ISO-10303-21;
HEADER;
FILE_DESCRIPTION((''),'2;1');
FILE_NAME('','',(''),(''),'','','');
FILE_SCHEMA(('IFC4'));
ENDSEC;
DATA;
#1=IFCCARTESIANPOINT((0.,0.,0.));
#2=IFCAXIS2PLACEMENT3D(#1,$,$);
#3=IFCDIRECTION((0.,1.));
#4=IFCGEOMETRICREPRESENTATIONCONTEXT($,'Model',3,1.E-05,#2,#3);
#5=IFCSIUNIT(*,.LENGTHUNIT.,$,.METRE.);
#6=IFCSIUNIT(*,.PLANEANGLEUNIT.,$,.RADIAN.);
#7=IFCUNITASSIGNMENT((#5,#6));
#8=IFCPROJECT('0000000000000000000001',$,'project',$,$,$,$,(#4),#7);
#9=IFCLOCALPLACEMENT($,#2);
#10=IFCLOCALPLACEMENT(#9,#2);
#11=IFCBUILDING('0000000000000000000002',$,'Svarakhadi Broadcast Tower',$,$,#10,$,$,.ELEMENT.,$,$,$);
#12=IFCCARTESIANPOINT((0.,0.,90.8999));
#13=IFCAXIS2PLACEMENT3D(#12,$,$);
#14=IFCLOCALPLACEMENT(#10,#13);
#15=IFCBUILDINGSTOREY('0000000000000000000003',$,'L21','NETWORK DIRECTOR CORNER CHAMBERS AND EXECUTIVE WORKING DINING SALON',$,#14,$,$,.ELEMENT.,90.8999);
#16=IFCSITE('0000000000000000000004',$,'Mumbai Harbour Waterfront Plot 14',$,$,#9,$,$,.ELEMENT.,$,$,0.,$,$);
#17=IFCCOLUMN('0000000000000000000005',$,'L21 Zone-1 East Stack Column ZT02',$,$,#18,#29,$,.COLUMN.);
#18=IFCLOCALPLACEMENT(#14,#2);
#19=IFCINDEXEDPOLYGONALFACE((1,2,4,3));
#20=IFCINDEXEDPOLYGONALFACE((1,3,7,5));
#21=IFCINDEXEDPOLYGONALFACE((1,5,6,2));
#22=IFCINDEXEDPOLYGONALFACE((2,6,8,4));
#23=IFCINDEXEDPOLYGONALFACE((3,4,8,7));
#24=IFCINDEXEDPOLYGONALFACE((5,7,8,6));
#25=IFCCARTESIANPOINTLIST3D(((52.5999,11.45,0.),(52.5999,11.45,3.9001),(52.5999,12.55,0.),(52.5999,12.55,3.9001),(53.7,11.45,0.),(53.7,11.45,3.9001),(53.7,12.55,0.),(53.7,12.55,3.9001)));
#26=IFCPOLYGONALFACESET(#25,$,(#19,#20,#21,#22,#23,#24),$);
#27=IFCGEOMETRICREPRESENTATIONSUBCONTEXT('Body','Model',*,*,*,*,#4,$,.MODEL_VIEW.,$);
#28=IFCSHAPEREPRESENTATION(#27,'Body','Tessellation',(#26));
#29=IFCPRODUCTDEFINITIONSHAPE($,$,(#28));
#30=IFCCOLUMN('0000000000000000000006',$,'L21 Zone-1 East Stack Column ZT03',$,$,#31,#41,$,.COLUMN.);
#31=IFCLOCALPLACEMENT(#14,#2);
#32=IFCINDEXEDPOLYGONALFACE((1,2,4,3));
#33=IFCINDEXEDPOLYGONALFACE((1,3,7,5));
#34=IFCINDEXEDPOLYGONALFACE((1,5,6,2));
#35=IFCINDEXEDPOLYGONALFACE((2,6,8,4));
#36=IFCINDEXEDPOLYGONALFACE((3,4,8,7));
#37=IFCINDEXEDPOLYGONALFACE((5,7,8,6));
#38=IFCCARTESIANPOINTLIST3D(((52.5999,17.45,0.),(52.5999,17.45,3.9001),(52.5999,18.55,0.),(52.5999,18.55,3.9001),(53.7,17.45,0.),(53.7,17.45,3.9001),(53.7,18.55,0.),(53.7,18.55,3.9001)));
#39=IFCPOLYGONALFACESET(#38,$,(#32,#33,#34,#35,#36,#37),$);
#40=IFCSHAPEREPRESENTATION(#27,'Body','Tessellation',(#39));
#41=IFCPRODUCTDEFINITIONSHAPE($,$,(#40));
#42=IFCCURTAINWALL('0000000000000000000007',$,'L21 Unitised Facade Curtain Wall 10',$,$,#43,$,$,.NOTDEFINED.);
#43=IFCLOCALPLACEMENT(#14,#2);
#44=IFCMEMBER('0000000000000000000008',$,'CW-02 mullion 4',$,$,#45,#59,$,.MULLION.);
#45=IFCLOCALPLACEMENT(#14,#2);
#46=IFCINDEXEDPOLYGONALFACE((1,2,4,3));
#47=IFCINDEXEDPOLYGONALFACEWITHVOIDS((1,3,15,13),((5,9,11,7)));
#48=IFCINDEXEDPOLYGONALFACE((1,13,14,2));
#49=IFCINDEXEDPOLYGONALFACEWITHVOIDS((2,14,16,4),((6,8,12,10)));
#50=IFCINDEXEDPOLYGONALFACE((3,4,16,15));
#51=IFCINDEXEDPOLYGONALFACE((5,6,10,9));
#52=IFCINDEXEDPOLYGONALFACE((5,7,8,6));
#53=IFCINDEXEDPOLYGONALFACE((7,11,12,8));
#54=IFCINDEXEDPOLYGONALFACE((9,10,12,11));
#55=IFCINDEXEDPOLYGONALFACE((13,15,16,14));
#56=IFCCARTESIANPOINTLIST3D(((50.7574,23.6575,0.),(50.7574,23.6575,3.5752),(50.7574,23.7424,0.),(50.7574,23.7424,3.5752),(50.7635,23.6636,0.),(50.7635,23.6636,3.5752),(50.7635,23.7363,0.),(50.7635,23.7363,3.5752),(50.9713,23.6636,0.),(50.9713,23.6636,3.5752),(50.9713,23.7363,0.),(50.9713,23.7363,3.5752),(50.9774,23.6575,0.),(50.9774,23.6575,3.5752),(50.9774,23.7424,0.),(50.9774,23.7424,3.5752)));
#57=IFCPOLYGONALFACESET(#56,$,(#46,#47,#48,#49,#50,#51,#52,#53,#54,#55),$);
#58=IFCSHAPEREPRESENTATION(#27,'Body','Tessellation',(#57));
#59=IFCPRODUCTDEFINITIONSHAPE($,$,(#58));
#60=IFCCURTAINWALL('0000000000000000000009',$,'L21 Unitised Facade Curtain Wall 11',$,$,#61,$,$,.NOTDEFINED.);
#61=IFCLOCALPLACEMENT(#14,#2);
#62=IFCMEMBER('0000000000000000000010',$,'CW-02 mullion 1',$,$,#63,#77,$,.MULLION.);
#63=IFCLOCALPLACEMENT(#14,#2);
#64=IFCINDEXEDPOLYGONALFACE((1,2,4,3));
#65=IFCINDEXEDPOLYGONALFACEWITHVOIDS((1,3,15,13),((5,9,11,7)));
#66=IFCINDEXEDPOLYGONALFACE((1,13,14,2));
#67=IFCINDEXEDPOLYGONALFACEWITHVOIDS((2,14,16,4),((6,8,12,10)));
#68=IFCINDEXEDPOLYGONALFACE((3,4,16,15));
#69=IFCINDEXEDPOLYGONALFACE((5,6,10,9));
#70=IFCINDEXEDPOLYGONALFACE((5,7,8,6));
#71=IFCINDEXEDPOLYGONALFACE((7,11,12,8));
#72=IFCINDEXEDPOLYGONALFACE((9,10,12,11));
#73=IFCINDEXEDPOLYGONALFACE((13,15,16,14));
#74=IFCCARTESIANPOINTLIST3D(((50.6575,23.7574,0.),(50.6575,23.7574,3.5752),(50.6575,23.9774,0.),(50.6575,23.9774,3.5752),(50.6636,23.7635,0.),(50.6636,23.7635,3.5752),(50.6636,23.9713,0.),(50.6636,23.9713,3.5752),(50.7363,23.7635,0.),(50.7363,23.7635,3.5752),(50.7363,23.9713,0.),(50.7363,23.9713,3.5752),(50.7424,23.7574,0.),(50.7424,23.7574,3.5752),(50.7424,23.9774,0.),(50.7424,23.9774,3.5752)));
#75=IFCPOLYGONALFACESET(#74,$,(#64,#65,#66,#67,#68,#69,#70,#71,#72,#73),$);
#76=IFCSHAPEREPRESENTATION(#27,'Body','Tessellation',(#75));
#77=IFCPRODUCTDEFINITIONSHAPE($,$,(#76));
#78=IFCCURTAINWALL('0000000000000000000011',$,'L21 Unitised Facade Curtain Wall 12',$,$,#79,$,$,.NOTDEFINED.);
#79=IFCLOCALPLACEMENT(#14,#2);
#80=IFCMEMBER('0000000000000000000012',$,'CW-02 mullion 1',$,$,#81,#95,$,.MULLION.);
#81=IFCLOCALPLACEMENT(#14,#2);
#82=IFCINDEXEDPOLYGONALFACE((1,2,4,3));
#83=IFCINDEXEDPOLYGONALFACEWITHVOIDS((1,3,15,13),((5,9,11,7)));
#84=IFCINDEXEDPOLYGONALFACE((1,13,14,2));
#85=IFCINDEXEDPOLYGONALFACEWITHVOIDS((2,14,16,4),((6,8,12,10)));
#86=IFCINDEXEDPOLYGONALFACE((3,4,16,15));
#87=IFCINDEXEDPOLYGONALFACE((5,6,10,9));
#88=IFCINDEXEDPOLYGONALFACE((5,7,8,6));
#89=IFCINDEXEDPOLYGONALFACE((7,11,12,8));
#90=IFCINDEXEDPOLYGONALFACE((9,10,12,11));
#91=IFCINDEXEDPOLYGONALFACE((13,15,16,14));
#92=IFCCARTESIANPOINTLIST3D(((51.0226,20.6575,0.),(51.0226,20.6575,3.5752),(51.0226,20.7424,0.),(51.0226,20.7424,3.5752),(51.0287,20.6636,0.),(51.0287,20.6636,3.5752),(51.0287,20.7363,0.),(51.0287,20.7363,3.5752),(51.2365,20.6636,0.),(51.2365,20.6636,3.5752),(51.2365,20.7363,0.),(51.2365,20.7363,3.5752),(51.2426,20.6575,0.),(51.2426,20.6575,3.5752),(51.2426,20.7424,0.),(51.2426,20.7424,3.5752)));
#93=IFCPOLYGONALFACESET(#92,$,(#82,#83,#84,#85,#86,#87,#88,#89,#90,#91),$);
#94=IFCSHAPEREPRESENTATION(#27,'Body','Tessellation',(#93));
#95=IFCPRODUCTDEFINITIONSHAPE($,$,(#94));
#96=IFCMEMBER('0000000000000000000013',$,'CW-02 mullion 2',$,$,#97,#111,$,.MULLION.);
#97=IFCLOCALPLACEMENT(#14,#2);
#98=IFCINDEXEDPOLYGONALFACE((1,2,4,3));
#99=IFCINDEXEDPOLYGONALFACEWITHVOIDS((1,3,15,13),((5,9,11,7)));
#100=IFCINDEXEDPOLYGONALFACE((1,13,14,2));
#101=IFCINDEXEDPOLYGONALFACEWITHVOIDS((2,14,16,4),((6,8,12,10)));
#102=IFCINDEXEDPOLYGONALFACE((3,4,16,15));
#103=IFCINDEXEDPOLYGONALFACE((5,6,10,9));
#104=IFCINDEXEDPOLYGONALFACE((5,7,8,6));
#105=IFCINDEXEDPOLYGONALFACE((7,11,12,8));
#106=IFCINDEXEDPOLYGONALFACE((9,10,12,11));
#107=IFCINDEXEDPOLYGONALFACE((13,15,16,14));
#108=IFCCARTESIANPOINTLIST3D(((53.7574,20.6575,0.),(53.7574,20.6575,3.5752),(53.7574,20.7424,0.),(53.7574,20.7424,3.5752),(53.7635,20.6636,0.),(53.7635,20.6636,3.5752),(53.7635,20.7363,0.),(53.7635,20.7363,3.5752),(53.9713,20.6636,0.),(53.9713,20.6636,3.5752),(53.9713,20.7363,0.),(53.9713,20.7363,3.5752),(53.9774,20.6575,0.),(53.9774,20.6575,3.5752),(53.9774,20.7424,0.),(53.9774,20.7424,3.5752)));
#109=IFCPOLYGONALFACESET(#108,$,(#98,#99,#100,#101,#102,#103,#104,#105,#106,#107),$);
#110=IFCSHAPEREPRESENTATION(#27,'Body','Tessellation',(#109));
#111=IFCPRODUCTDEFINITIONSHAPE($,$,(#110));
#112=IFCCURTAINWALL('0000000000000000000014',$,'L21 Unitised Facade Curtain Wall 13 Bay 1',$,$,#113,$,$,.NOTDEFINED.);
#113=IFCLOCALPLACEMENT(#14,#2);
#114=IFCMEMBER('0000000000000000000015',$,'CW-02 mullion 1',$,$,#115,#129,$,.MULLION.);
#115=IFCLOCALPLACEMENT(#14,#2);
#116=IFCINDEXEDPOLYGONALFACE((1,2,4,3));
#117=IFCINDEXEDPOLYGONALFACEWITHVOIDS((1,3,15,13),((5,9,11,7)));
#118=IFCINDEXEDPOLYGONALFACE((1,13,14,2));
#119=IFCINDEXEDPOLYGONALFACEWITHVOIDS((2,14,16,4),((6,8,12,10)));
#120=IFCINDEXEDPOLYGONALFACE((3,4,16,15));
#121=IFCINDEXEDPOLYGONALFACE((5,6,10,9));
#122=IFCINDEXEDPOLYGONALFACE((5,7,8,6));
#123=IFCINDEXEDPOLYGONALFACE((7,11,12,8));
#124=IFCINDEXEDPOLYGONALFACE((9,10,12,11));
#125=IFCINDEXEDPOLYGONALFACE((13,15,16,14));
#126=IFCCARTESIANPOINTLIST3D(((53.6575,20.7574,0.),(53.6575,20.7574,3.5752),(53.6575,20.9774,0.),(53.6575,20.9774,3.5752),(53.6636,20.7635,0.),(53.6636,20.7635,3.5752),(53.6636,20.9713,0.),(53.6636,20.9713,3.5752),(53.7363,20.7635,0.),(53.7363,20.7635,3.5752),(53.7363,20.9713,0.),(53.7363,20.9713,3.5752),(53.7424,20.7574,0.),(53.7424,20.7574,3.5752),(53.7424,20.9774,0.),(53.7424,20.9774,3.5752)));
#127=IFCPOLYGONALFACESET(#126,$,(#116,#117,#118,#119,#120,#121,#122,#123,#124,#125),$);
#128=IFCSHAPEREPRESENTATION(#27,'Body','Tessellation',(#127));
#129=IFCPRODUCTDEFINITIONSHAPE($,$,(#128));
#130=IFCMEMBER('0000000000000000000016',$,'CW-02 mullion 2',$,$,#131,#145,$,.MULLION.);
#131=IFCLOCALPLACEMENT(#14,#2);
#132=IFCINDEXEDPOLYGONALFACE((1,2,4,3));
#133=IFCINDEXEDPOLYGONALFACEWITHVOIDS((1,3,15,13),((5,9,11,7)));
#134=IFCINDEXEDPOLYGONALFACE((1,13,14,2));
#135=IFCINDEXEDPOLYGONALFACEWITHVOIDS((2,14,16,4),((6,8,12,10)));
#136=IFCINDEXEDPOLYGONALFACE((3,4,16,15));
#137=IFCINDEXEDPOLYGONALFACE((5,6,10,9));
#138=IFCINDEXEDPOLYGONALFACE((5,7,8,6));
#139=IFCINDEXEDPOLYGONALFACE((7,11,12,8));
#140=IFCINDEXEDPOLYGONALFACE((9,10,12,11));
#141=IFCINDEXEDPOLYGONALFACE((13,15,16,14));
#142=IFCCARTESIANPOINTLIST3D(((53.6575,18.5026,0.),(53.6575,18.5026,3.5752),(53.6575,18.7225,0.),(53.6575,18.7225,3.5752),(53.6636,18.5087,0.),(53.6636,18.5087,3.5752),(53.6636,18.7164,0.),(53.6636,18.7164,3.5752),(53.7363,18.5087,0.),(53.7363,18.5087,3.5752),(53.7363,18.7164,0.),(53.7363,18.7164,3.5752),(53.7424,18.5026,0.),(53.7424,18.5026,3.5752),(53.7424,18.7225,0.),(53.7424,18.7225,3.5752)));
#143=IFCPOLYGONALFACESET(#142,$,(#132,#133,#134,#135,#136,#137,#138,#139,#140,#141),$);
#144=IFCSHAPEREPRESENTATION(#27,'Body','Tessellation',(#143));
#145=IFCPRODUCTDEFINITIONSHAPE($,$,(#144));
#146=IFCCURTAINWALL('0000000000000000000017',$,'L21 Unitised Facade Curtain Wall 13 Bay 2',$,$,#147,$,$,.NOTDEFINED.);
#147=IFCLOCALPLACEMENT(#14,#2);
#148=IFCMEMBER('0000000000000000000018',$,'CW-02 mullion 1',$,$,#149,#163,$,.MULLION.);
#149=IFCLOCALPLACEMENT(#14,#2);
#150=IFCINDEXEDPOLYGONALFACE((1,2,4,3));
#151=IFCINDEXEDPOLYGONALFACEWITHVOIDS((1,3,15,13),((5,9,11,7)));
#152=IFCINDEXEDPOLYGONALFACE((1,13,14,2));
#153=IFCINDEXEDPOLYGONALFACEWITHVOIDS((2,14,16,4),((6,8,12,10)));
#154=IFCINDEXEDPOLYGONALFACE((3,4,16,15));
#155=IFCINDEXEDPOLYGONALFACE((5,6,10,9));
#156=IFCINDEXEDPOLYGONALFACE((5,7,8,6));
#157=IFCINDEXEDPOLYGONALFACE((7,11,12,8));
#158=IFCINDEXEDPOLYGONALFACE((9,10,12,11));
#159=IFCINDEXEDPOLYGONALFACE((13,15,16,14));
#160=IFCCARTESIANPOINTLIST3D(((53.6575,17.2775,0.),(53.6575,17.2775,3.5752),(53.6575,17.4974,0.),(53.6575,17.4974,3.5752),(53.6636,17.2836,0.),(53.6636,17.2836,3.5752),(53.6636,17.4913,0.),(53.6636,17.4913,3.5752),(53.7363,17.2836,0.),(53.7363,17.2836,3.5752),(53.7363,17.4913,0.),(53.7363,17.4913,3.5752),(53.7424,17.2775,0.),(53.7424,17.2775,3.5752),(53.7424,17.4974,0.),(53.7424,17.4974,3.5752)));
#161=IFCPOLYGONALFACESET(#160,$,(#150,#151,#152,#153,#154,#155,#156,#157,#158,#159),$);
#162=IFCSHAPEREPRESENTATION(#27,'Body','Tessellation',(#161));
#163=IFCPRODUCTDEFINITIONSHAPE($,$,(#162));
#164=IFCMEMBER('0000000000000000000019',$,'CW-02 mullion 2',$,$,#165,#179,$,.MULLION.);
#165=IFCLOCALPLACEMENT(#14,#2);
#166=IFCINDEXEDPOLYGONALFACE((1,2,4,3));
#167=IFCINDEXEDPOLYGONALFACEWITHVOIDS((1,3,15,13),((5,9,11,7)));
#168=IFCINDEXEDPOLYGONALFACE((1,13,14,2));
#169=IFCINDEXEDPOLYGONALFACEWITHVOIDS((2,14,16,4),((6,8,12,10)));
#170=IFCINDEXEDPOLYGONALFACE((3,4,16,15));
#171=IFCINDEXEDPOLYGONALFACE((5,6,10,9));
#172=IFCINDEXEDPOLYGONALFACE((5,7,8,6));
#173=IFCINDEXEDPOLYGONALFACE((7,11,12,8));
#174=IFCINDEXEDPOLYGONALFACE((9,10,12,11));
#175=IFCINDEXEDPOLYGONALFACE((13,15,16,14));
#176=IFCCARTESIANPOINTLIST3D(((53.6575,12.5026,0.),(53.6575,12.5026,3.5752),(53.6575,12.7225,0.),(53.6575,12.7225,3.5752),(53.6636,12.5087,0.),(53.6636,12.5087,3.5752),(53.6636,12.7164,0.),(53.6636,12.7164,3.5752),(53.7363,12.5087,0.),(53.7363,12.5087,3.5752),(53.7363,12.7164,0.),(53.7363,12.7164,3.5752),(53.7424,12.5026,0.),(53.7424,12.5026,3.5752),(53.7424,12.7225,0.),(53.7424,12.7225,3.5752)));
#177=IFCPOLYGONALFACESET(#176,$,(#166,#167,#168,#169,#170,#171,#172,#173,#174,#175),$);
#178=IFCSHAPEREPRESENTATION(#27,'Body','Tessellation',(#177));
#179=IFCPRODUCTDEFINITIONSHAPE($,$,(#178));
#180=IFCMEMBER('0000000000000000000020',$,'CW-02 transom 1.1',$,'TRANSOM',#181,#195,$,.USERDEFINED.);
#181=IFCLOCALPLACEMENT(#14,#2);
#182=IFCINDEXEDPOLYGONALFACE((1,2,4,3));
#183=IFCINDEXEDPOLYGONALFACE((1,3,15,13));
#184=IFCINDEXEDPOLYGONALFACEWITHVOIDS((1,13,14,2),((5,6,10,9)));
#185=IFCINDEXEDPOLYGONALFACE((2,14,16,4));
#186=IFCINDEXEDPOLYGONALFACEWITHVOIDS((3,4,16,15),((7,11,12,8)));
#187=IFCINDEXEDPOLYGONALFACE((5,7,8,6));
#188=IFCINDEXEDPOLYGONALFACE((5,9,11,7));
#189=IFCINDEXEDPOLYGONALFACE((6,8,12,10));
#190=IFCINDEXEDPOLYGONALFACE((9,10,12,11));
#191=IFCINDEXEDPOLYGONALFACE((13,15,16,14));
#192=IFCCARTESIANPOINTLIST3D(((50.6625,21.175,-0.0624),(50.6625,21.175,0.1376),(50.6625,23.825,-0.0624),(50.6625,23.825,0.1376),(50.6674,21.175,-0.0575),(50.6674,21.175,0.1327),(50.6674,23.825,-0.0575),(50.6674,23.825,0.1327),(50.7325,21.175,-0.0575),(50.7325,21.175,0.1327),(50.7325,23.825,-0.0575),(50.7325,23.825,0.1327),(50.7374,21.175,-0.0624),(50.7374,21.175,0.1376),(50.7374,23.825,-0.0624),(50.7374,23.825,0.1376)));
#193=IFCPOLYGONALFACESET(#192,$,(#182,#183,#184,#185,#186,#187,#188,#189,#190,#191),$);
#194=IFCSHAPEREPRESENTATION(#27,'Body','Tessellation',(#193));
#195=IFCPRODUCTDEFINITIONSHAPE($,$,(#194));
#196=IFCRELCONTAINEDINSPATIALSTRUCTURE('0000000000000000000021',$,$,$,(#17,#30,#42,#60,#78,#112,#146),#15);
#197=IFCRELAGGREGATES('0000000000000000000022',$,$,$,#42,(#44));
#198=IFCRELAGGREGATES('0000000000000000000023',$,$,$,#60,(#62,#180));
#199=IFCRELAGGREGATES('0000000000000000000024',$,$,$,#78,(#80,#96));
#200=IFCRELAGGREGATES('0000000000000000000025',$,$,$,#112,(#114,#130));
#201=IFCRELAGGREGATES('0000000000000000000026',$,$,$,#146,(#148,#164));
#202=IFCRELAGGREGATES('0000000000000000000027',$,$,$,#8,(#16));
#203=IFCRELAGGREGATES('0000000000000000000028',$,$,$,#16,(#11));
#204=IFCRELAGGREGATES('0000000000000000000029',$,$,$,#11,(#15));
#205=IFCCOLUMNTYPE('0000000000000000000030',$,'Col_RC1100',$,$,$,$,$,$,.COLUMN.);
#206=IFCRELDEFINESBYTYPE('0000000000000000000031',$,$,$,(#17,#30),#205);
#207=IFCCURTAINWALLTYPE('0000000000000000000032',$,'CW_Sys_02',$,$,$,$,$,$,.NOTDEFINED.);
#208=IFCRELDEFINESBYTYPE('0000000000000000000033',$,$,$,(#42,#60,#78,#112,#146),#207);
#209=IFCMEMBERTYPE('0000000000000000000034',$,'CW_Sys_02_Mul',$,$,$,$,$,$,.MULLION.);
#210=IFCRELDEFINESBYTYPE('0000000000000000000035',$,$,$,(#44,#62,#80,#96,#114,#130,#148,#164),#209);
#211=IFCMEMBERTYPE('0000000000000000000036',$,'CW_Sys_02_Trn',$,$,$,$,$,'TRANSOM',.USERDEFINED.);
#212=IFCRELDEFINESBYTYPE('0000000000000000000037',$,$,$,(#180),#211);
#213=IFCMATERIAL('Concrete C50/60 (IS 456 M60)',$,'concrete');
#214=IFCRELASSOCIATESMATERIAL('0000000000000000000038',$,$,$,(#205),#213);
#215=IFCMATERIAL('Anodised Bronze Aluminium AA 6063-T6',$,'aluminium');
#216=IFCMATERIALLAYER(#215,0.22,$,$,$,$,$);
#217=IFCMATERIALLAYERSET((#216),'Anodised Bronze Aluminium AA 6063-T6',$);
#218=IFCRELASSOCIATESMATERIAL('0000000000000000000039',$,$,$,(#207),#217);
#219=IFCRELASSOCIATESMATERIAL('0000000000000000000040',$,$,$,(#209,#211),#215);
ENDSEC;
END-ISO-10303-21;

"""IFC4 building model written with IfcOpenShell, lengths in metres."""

from ifc_helpers import new_model, si_unit, direction, frame, origin, origin_2d, place, context, subcontext, project, spatial, rectangle, hollow_rectangle, extrude, material, layer, layer_set, material_profile, profile_set, type_object, element, aggregate, save


model = new_model("IFC4")

# Units and contexts
model_context = context("Model", 3, precision=1e-05, world=origin(), true_north=direction((0.0, 1.0)))
body_context = subcontext(model_context, "Body", "Model", "MODEL_VIEW")
ifc_project = project(units=[si_unit("LENGTHUNIT", "METRE"), si_unit("PLANEANGLEUNIT", "RADIAN")], contexts=[model_context])

# Site, building, storey
site_placement = place(None, origin())
site = spatial("IfcSite", under=ifc_project, at=site_placement, Name="Mumbai Harbour Waterfront Plot 14", CompositionType="ELEMENT", RefElevation=0.0)
building_placement = place(site_placement, origin())
building = spatial("IfcBuilding", under=site, at=building_placement, Name="Svarakhadi Broadcast Tower", CompositionType="ELEMENT")
storey_placement = place(building_placement, frame((0.0, 0.0, 90.8999)))
storey = spatial("IfcBuildingStorey", under=building, at=storey_placement, Name="L21", Description="NETWORK DIRECTOR CORNER CHAMBERS AND EXECUTIVE WORKING DINING SALON", CompositionType="ELEMENT", Elevation=90.8999)

# Columns
ifc_material_1 = material(Name="Concrete C50/60 (IS 456 M60)", Category="concrete")
ifc_material_profile_1 = material_profile(ifc_material_1, rectangle(XDim=1.1001, YDim=1.1001, at=origin_2d()), Name="RC 1100x1100")
ifc_profile_set_1 = profile_set([ifc_material_profile_1], Name="Concrete C50/60 (IS 456 M60)")
column_type = type_object("IfcColumnType", Name="Col_RC1100", PredefinedType="COLUMN", material=ifc_profile_set_1)
for number, where, z_axis, x_axis, name in (
    (1, (53.1499, 12.0, 0.0), (0.0, 0.0, 1.0), (1.0, 0.0, 0.0), "L21 Zone-1 East Stack Column ZT02"),
    (2, (53.1499, 18.0, 0.0), (0.0, 0.0, 1.0), (1.0, 0.0, 0.0), "L21 Zone-1 East Stack Column ZT03"),
):
    element("IfcColumn", number, at=place(storey_placement, frame(where, z_axis=z_axis, x_axis=x_axis)), inside=storey, type_object=column_type, Name=name, PredefinedType="COLUMN", context=body_context, shape_type="SweptSolid", body=[
        extrude(rectangle(XDim=1.1001, YDim=1.1001, at=origin_2d()), origin(), (0.0, 0.0, 1.0), 3.9001),
    ])

# Curtain walls, members
ifc_material_2 = material(Name="Anodised Bronze Aluminium AA 6063-T6", Category="aluminium")
ifc_layer_1 = layer(ifc_material_2, 0.22)
ifc_layer_set_1 = layer_set([ifc_layer_1], Name="Anodised Bronze Aluminium AA 6063-T6")
curtain_wall_type = type_object("IfcCurtainWallType", Name="CW_Sys_02", PredefinedType="NOTDEFINED", material=ifc_layer_set_1)
curtain_wall_1_placement = place(storey_placement, origin())
curtain_wall_1 = element("IfcCurtainWall", 3, at=curtain_wall_1_placement, inside=storey, type_object=curtain_wall_type, Name="L21 Unitised Facade Curtain Wall 10", PredefinedType="NOTDEFINED")
ifc_material_profile_2 = material_profile(ifc_material_2, hollow_rectangle(XDim=0.085, YDim=0.22, WallThickness=0.0061, at=origin_2d()), Name="ALU MULLION 220x85x6")
ifc_profile_set_2 = profile_set([ifc_material_profile_2], Name="Anodised Bronze Aluminium AA 6063-T6")
member_type_1 = type_object("IfcMemberType", Name="CW_Sys_02_Mul", PredefinedType="MULLION", material=ifc_profile_set_2)
member_1_placement = place(storey_placement, frame((50.8674, 23.7, 0.0), z_axis=(0.0, 0.0, 1.0), x_axis=(0.0, 1.0, 0.0)))
member_1 = element("IfcMember", 4, at=member_1_placement, type_object=member_type_1, Name="CW-02 mullion 4", PredefinedType="MULLION", context=body_context, shape_type="SweptSolid", body=[
    extrude(hollow_rectangle(XDim=0.085, YDim=0.22, WallThickness=0.0061, at=origin_2d()), origin(), (0.0, 0.0, 1.0), 3.5752),
])
aggregate(curtain_wall_1, [member_1])
curtain_wall_2_placement = place(storey_placement, origin())
curtain_wall_2 = element("IfcCurtainWall", 5, at=curtain_wall_2_placement, inside=storey, type_object=curtain_wall_type, Name="L21 Unitised Facade Curtain Wall 11", PredefinedType="NOTDEFINED")
member_2_placement = place(storey_placement, frame((50.7, 23.8674, 0.0), z_axis=(0.0, 0.0, 1.0), x_axis=(1.0, 0.0, 0.0)))
member_2 = element("IfcMember", 6, at=member_2_placement, type_object=member_type_1, Name="CW-02 mullion 1", PredefinedType="MULLION", context=body_context, shape_type="SweptSolid", body=[
    extrude(hollow_rectangle(XDim=0.085, YDim=0.22, WallThickness=0.0061, at=origin_2d()), origin(), (0.0, 0.0, 1.0), 3.5752),
])

# Curtain walls, members
curtain_wall_3_placement = place(storey_placement, origin())
curtain_wall_3 = element("IfcCurtainWall", 7, at=curtain_wall_3_placement, inside=storey, type_object=curtain_wall_type, Name="L21 Unitised Facade Curtain Wall 12", PredefinedType="NOTDEFINED")
member_3_placement = place(storey_placement, frame((51.1326, 20.7, 0.0), z_axis=(0.0, 0.0, 1.0), x_axis=(0.0, 1.0, 0.0)))
member_3 = element("IfcMember", 8, at=member_3_placement, type_object=member_type_1, Name="CW-02 mullion 1", PredefinedType="MULLION", context=body_context, shape_type="SweptSolid", body=[
    extrude(hollow_rectangle(XDim=0.085, YDim=0.22, WallThickness=0.0061, at=origin_2d()), origin(), (0.0, 0.0, 1.0), 3.5752),
])
member_4_placement = place(storey_placement, frame((53.8674, 20.7, 0.0), z_axis=(0.0, 0.0, 1.0), x_axis=(0.0, 1.0, 0.0)))
member_4 = element("IfcMember", 9, at=member_4_placement, type_object=member_type_1, Name="CW-02 mullion 2", PredefinedType="MULLION", context=body_context, shape_type="SweptSolid", body=[
    extrude(hollow_rectangle(XDim=0.085, YDim=0.22, WallThickness=0.0061, at=origin_2d()), origin(), (0.0, 0.0, 1.0), 3.5752),
])
curtain_wall_4_placement = place(storey_placement, origin())
curtain_wall_4 = element("IfcCurtainWall", 10, at=curtain_wall_4_placement, inside=storey, type_object=curtain_wall_type, Name="L21 Unitised Facade Curtain Wall 13 Bay 1", PredefinedType="NOTDEFINED")
member_5_placement = place(storey_placement, frame((53.7, 20.8674, 0.0), z_axis=(0.0, 0.0, 1.0), x_axis=(1.0, 0.0, 0.0)))
member_5 = element("IfcMember", 11, at=member_5_placement, type_object=member_type_1, Name="CW-02 mullion 1", PredefinedType="MULLION", context=body_context, shape_type="SweptSolid", body=[
    extrude(hollow_rectangle(XDim=0.085, YDim=0.22, WallThickness=0.0061, at=origin_2d()), origin(), (0.0, 0.0, 1.0), 3.5752),
])
member_6_placement = place(storey_placement, frame((53.7, 18.6125, 0.0), z_axis=(0.0, 0.0, 1.0), x_axis=(1.0, 0.0, 0.0)))
member_6 = element("IfcMember", 12, at=member_6_placement, type_object=member_type_1, Name="CW-02 mullion 2", PredefinedType="MULLION", context=body_context, shape_type="SweptSolid", body=[
    extrude(hollow_rectangle(XDim=0.085, YDim=0.22, WallThickness=0.0061, at=origin_2d()), origin(), (0.0, 0.0, 1.0), 3.5752),
])
curtain_wall_5_placement = place(storey_placement, origin())
curtain_wall_5 = element("IfcCurtainWall", 13, at=curtain_wall_5_placement, inside=storey, type_object=curtain_wall_type, Name="L21 Unitised Facade Curtain Wall 13 Bay 2", PredefinedType="NOTDEFINED")
member_7_placement = place(storey_placement, frame((53.7, 17.3875, 0.0), z_axis=(0.0, 0.0, 1.0), x_axis=(1.0, 0.0, 0.0)))
member_7 = element("IfcMember", 14, at=member_7_placement, type_object=member_type_1, Name="CW-02 mullion 1", PredefinedType="MULLION", context=body_context, shape_type="SweptSolid", body=[
    extrude(hollow_rectangle(XDim=0.085, YDim=0.22, WallThickness=0.0061, at=origin_2d()), origin(), (0.0, 0.0, 1.0), 3.5752),
])
member_8_placement = place(storey_placement, frame((53.7, 12.6125, 0.0), z_axis=(0.0, 0.0, 1.0), x_axis=(1.0, 0.0, 0.0)))
member_8 = element("IfcMember", 15, at=member_8_placement, type_object=member_type_1, Name="CW-02 mullion 2", PredefinedType="MULLION", context=body_context, shape_type="SweptSolid", body=[
    extrude(hollow_rectangle(XDim=0.085, YDim=0.22, WallThickness=0.0061, at=origin_2d()), origin(), (0.0, 0.0, 1.0), 3.5752),
])

# Member
ifc_material_profile_3 = material_profile(ifc_material_2, hollow_rectangle(XDim=0.075, YDim=0.2, WallThickness=0.0049, at=origin_2d()), Name="ALU TRANSOM 200x75x5")
ifc_profile_set_3 = profile_set([ifc_material_profile_3], Name="Anodised Bronze Aluminium AA 6063-T6")
member_type_2 = type_object("IfcMemberType", Name="CW_Sys_02_Trn", ElementType="TRANSOM", PredefinedType="USERDEFINED", material=ifc_profile_set_3)
member_9_placement = place(storey_placement, frame((50.7, 23.825, 0.0376), z_axis=(0.0, -1.0, 0.0), x_axis=(1.0, 0.0, 0.0)))
member_9 = element("IfcMember", 16, at=member_9_placement, type_object=member_type_2, Name="CW-02 transom 1.1", ObjectType="TRANSOM", PredefinedType="USERDEFINED", context=body_context, shape_type="SweptSolid", body=[
    extrude(hollow_rectangle(XDim=0.075, YDim=0.2, WallThickness=0.0049, at=origin_2d()), origin(), (0.0, 0.0, 1.0), 2.6499),
])

aggregate(curtain_wall_2, [member_2, member_9])
aggregate(curtain_wall_3, [member_3, member_4])
aggregate(curtain_wall_4, [member_5, member_6])
aggregate(curtain_wall_5, [member_7, member_8])

save(model, "model.ifc")
